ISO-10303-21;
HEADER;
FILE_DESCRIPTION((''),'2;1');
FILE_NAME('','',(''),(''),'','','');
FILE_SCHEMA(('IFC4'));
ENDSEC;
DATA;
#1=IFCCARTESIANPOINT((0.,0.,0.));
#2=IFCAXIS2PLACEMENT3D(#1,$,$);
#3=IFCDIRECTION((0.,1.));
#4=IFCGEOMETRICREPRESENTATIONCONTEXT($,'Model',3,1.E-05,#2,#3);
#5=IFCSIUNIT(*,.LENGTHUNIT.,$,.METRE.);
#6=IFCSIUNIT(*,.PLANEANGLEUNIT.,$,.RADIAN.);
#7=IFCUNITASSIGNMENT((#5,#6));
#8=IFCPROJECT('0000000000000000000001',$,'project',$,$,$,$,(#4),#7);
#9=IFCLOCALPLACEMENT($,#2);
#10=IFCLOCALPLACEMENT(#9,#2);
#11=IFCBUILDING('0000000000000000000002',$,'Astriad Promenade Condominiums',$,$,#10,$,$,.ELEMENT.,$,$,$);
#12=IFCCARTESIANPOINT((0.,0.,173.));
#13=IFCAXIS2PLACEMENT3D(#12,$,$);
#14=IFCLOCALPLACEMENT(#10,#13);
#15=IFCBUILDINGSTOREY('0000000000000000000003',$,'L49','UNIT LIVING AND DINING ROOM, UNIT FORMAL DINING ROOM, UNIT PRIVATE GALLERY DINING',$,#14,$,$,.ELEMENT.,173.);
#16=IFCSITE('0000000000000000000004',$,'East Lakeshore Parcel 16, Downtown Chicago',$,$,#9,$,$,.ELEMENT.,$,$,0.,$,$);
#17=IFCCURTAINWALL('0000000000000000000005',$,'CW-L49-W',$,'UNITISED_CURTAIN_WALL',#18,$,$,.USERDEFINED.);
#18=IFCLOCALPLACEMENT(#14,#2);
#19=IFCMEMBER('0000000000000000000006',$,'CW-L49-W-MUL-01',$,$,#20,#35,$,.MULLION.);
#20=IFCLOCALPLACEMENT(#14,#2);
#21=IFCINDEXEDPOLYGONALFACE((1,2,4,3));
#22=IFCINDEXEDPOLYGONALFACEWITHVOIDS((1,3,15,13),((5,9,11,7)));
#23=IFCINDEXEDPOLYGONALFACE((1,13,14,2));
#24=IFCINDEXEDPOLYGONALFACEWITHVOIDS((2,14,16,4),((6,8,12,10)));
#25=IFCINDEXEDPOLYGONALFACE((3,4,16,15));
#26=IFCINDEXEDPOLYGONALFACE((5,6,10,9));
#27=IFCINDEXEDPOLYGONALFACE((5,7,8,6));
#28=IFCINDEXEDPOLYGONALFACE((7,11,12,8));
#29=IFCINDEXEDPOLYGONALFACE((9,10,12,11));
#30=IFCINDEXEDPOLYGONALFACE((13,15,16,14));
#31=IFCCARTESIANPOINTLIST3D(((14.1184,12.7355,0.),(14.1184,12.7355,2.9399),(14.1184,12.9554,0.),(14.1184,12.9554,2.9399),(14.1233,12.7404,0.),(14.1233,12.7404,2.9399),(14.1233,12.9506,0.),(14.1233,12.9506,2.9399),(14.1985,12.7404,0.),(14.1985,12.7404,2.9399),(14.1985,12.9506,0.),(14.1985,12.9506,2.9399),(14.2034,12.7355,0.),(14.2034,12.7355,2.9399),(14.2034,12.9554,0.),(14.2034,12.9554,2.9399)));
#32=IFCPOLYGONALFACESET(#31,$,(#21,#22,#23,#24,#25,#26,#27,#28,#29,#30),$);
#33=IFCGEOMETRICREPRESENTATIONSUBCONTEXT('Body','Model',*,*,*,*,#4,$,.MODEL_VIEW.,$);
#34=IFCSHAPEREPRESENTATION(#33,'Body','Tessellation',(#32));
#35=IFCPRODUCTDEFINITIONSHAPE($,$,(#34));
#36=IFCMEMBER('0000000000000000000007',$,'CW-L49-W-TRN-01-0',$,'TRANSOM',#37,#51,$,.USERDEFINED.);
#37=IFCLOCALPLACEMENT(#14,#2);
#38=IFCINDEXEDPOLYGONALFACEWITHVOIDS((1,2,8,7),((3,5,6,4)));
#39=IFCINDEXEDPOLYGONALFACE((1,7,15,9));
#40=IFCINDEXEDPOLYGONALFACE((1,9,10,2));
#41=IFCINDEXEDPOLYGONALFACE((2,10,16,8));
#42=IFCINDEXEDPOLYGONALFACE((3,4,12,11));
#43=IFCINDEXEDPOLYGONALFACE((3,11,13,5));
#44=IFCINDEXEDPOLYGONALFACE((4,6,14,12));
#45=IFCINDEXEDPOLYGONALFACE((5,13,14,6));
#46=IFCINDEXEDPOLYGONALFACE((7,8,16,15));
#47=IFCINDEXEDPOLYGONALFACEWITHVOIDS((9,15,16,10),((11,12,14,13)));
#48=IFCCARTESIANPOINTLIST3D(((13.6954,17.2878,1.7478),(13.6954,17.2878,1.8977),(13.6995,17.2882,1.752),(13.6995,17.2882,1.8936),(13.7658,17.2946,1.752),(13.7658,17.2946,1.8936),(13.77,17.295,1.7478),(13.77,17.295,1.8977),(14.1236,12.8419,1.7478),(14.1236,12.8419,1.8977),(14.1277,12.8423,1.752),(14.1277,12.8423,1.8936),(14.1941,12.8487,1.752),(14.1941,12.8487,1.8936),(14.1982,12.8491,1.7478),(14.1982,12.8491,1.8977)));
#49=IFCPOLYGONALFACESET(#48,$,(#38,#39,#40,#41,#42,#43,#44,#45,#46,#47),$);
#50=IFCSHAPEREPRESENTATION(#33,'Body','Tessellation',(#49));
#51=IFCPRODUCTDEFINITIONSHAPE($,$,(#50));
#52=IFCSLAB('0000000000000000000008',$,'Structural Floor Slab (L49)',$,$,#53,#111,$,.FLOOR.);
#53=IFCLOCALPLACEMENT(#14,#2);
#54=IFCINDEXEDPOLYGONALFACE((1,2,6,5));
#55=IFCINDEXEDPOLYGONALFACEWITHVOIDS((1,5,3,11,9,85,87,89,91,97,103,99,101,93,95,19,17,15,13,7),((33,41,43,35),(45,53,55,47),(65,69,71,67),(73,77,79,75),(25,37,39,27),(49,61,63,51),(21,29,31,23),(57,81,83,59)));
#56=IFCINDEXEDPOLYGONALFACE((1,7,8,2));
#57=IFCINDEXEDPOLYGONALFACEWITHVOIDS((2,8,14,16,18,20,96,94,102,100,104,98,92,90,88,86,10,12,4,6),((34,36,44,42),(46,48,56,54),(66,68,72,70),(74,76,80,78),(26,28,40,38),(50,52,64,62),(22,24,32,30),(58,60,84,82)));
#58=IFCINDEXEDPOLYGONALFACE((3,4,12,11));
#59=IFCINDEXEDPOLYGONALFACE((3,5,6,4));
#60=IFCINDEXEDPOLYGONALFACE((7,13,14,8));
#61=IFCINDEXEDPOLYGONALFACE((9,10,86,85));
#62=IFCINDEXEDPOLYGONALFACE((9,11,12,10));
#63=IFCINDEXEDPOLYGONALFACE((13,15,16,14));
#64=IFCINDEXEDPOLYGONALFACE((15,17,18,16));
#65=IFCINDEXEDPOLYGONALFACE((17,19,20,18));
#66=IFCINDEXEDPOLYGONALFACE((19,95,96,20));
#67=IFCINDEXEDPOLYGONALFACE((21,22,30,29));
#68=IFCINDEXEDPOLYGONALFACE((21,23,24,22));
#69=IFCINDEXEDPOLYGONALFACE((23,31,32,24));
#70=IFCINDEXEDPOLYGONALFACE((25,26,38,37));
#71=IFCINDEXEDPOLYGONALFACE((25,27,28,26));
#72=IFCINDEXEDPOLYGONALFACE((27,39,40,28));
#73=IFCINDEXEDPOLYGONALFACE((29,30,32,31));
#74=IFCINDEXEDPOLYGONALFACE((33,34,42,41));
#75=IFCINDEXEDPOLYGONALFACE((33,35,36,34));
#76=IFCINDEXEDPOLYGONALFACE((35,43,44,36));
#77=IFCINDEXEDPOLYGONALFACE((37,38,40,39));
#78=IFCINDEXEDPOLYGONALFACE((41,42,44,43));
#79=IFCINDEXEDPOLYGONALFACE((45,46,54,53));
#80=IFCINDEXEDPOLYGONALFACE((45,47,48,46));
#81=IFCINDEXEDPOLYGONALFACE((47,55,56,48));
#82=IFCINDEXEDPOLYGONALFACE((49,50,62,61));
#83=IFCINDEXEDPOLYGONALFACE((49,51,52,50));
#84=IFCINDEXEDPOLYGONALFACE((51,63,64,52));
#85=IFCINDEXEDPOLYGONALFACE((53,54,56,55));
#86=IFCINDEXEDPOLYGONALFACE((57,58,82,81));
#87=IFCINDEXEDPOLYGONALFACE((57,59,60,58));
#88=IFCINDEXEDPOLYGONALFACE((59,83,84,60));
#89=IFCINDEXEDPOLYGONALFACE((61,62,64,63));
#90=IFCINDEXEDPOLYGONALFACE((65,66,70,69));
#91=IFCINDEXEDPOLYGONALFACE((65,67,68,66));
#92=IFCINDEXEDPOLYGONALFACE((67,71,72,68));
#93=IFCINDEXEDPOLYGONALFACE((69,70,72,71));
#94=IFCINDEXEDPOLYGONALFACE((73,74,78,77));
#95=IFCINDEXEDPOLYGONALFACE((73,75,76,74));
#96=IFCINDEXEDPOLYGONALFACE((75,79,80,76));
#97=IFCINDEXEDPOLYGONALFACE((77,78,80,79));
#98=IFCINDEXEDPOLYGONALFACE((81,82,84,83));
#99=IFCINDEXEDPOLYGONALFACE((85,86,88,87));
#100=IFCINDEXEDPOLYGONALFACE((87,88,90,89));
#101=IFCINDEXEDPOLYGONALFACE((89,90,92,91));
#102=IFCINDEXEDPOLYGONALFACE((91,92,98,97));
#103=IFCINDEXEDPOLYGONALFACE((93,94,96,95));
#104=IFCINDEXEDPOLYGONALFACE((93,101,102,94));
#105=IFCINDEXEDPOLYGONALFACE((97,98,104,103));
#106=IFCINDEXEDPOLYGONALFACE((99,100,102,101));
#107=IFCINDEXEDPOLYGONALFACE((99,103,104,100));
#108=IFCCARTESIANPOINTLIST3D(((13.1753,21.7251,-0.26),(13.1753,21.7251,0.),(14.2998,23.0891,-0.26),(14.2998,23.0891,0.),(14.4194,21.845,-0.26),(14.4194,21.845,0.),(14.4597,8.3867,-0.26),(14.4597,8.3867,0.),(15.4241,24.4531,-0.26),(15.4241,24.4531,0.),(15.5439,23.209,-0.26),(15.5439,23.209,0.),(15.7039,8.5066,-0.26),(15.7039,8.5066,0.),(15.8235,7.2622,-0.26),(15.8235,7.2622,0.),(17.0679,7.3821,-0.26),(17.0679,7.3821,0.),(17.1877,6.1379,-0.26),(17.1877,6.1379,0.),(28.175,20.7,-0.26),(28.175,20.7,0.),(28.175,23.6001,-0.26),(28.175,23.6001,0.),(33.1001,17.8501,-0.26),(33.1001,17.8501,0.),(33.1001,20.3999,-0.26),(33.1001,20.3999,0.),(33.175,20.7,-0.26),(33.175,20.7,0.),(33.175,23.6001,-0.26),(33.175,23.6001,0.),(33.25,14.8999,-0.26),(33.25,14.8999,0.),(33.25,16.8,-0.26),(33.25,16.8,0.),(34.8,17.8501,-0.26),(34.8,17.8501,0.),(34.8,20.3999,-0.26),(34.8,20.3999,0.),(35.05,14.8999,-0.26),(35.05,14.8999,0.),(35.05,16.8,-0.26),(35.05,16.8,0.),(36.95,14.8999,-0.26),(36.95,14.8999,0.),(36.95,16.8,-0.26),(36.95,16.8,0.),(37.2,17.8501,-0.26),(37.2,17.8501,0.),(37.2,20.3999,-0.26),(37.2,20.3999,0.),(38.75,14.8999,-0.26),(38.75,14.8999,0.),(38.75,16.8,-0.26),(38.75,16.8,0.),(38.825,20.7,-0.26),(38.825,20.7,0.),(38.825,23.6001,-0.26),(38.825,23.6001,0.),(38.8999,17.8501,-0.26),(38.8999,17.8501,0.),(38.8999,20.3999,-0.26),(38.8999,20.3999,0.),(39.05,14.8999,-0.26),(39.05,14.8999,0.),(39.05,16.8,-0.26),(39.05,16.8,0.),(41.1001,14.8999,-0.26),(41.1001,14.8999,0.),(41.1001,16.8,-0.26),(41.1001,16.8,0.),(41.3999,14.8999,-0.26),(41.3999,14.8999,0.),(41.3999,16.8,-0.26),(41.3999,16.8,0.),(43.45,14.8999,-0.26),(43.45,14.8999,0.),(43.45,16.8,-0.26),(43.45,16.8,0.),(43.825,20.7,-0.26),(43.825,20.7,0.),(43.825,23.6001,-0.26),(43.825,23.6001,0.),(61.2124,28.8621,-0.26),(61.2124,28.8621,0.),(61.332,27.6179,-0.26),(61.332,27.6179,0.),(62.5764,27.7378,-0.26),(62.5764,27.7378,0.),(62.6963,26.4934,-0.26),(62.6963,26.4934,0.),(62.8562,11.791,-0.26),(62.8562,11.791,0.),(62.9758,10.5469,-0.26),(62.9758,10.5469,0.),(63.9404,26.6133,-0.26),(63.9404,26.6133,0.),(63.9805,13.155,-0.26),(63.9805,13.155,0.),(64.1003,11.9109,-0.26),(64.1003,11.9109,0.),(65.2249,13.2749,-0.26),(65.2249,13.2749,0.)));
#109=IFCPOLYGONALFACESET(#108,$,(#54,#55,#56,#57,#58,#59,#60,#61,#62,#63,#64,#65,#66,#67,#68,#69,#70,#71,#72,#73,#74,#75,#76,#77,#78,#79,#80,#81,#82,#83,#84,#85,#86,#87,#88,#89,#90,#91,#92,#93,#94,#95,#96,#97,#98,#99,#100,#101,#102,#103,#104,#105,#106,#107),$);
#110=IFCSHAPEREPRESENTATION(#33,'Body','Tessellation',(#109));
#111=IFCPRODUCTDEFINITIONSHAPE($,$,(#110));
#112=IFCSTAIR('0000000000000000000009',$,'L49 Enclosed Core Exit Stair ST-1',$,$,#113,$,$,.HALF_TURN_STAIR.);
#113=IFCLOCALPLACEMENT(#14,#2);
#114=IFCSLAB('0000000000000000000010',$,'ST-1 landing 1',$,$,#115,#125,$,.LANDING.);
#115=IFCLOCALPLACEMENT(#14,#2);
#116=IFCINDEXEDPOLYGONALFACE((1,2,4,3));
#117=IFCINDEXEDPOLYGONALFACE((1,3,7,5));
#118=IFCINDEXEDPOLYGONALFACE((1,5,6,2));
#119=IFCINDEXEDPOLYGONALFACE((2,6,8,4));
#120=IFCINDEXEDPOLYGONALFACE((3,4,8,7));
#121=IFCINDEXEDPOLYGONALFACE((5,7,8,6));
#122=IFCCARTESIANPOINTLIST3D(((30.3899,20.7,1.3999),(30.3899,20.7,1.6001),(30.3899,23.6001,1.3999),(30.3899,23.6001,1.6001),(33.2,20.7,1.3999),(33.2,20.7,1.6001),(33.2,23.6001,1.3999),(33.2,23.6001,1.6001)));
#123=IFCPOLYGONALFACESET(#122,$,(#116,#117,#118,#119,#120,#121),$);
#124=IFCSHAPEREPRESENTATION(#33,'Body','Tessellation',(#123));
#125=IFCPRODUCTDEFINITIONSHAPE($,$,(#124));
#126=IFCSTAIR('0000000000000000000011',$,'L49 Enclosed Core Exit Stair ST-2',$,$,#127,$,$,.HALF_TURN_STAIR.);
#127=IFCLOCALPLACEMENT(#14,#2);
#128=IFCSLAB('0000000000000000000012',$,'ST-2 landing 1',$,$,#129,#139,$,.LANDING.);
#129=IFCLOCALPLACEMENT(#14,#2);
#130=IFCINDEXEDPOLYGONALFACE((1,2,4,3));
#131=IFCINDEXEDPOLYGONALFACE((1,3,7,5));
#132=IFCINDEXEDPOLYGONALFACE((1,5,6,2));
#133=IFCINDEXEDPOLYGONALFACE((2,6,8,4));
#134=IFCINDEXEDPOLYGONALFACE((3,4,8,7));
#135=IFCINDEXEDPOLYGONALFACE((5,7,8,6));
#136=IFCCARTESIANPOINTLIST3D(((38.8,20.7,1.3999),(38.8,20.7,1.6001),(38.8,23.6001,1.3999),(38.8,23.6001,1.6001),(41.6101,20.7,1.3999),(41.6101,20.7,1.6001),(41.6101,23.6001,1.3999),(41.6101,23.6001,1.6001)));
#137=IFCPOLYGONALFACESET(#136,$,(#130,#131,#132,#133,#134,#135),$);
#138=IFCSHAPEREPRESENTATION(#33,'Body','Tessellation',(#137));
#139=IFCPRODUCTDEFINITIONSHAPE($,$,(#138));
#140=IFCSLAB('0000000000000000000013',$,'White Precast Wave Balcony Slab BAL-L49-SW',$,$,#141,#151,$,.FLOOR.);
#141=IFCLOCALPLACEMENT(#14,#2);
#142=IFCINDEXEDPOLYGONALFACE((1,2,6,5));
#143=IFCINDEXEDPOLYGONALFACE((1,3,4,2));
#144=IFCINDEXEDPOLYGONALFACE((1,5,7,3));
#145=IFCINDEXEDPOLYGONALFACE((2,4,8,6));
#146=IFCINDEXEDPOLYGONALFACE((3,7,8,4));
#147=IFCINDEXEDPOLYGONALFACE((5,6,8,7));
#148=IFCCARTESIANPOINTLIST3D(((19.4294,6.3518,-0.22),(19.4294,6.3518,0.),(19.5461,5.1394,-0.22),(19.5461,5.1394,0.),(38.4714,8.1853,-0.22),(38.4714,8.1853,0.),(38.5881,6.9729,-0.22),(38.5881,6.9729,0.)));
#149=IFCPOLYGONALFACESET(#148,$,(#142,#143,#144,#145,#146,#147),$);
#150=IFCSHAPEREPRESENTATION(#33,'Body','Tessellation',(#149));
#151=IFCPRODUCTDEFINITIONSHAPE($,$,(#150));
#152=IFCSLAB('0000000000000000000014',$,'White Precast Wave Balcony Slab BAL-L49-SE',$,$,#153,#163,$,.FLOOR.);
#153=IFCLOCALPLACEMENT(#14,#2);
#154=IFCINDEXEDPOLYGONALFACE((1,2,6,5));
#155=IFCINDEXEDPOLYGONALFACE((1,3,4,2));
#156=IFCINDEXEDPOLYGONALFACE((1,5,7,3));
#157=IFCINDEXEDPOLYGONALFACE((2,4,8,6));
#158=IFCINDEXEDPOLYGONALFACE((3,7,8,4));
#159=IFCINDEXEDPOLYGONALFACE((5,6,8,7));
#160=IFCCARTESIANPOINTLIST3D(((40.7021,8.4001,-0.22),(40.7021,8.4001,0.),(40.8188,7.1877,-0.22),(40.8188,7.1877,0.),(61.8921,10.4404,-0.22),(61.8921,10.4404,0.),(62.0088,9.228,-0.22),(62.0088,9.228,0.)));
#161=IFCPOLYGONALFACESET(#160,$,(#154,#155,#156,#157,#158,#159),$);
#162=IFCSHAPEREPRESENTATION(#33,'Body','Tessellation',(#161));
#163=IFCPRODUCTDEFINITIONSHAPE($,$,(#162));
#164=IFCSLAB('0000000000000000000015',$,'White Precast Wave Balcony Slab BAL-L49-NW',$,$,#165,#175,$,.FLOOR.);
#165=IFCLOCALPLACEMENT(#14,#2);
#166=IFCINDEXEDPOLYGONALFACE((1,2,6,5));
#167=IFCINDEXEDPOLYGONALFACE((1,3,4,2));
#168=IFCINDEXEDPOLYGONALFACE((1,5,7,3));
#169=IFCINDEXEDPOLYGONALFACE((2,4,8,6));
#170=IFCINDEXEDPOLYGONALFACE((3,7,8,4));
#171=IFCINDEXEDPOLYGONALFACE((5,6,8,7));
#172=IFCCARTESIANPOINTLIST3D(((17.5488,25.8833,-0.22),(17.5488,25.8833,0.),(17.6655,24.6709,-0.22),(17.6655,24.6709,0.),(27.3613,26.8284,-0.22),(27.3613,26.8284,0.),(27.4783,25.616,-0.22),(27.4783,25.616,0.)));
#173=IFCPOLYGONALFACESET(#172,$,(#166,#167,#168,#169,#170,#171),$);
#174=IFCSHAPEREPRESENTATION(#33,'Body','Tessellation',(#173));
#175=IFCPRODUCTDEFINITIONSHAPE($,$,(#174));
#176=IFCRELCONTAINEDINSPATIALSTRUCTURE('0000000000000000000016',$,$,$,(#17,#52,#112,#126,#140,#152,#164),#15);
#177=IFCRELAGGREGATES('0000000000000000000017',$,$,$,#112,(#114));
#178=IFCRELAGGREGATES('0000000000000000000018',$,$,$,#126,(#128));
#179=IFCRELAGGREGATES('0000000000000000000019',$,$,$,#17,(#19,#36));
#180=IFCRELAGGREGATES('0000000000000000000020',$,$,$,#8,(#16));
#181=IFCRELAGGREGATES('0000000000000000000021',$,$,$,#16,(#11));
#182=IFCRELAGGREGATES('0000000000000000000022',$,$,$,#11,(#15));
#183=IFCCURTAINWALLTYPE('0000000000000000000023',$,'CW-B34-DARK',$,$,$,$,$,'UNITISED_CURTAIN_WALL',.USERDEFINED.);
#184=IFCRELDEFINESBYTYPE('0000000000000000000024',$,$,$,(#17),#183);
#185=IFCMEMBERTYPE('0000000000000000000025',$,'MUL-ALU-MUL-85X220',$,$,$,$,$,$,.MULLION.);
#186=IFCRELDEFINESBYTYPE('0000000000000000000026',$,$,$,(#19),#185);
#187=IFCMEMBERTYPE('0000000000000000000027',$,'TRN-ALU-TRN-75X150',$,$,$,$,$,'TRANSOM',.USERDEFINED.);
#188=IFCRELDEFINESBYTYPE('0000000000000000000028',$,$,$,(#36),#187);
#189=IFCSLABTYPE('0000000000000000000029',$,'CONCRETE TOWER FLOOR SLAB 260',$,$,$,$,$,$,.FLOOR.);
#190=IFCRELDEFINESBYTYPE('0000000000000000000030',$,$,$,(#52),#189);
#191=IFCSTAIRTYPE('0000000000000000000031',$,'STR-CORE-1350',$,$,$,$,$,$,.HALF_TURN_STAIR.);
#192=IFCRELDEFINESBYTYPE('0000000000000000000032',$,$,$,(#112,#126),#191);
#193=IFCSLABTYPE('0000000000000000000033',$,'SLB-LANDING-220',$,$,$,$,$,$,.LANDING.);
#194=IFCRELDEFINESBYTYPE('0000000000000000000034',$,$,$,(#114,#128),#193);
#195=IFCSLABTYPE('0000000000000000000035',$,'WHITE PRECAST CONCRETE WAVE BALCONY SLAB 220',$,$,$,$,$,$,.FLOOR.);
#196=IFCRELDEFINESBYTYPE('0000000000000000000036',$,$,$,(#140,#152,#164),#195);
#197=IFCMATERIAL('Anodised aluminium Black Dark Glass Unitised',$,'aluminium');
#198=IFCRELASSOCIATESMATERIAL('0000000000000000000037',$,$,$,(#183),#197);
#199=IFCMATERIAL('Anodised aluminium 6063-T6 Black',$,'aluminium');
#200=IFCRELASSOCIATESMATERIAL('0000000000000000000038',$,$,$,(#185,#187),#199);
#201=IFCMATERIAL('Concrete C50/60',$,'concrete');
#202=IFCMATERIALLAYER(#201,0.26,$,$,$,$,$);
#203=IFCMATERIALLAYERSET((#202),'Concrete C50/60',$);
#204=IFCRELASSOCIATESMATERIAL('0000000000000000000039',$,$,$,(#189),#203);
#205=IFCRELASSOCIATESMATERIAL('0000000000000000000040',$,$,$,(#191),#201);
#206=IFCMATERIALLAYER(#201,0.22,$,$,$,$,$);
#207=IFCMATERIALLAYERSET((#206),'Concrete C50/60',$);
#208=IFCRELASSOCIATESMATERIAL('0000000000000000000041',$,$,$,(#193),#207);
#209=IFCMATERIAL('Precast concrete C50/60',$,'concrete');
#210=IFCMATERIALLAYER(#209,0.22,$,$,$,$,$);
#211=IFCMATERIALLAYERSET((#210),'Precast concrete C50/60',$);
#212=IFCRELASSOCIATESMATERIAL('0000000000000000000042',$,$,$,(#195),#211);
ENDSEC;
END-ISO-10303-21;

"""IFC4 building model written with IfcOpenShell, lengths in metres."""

from ifc_helpers import new_model, si_unit, direction, frame, origin, origin_2d, place, context, subcontext, project, spatial, polyline, hollow_rectangle, outline, extrude, source, transform, mapped, material, layer, layer_set, material_profile, profile_set, type_object, type_shapes, element, aggregate, save


model = new_model("IFC4")

# Units and contexts
model_context = context("Model", 3, precision=1e-05, world=origin(), true_north=direction((0.0, 1.0)))
body_context = subcontext(model_context, "Body", "Model", "MODEL_VIEW")
ifc_project = project(units=[si_unit("LENGTHUNIT", "METRE"), si_unit("PLANEANGLEUNIT", "RADIAN")], contexts=[model_context])

# Site, building, storey
site_placement = place(None, origin())
site = spatial("IfcSite", under=ifc_project, at=site_placement, Name="East Lakeshore Parcel 16, Downtown Chicago", CompositionType="ELEMENT", RefElevation=0.0)
building_placement = place(site_placement, origin())
building = spatial("IfcBuilding", under=site, at=building_placement, Name="Astriad Promenade Condominiums", CompositionType="ELEMENT")
storey_placement = place(building_placement, frame((0.0, 0.0, 173.0)))
storey = spatial("IfcBuildingStorey", under=building, at=storey_placement, Name="L49", Description="UNIT LIVING AND DINING ROOM, UNIT FORMAL DINING ROOM, UNIT PRIVATE GALLERY DINING", CompositionType="ELEMENT", Elevation=173.0)

# Curtain wall, members
ifc_material_1 = material(Name="Anodised aluminium Black Dark Glass Unitised", Category="aluminium")
curtain_wall_type = type_object("IfcCurtainWallType", Name="CW-B34-DARK", ElementType="UNITISED_CURTAIN_WALL", PredefinedType="USERDEFINED", material=ifc_material_1)
curtain_wall_placement = place(storey_placement, origin())
curtain_wall = element("IfcCurtainWall", 1, at=curtain_wall_placement, inside=storey, type_object=curtain_wall_type, Name="CW-L49-W", ObjectType="UNITISED_CURTAIN_WALL", PredefinedType="USERDEFINED")
ifc_material_2 = material(Name="Anodised aluminium 6063-T6 Black", Category="aluminium")
ifc_material_profile_1 = material_profile(ifc_material_2, hollow_rectangle(XDim=0.085, YDim=0.22, WallThickness=0.0049, at=origin_2d()), Name="ALU-MUL-85X220")
ifc_profile_set_1 = profile_set([ifc_material_profile_1], Name="Anodised aluminium 6063-T6 Black")
member_type_1 = type_object("IfcMemberType", Name="MUL-ALU-MUL-85X220", PredefinedType="MULLION", material=ifc_profile_set_1)
shared_shape_1 = source(origin(), body_context, "Body", "SweptSolid", [
    extrude(hollow_rectangle(XDim=0.085, YDim=0.22, WallThickness=0.0049, at=origin_2d()), origin(), (0.0, 0.0, 1.0), 2.9399),
])
type_shapes(member_type_1, [shared_shape_1])
member_1_placement = place(storey_placement, frame((14.1609, 12.8455, 0.0), z_axis=(0.0, 0.0, 1.0), x_axis=(1.0, 0.0, 0.0)))
member_1 = element("IfcMember", 2, at=member_1_placement, type_object=member_type_1, Name="CW-L49-W-MUL-01", PredefinedType="MULLION", context=body_context, shape_type="MappedRepresentation", body=[
    mapped(shared_shape_1, transform((0.0, 0.0, 0.0), scale=1.0)),
])
ifc_material_profile_2 = material_profile(ifc_material_2, hollow_rectangle(XDim=0.075, YDim=0.1499, WallThickness=0.0042, at=origin_2d()), Name="ALU-TRN-75X150")
ifc_profile_set_2 = profile_set([ifc_material_profile_2], Name="Anodised aluminium 6063-T6 Black")
member_type_2 = type_object("IfcMemberType", Name="TRN-ALU-TRN-75X150", ElementType="TRANSOM", PredefinedType="USERDEFINED", material=ifc_profile_set_2)
shared_shape_2 = source(origin(), body_context, "Body", "SweptSolid", [
    extrude(hollow_rectangle(XDim=0.075, YDim=0.1499, WallThickness=0.0042, at=origin_2d()), origin(), (0.0, 0.0, 1.0), 4.4666),
])
type_shapes(member_type_2, [shared_shape_2])
member_2_placement = place(storey_placement, frame((14.1609, 12.8455, 1.8228), z_axis=(-0.095872, 0.995394, 0.0), x_axis=(-0.995394, -0.095872, 0.0)))
member_2 = element("IfcMember", 3, at=member_2_placement, type_object=member_type_2, Name="CW-L49-W-TRN-01-0", ObjectType="TRANSOM", PredefinedType="USERDEFINED", context=body_context, shape_type="MappedRepresentation", body=[
    mapped(shared_shape_2, transform((0.0, 0.0, 0.0), scale=1.0)),
])

# Slab
ifc_material_3 = material(Name="Concrete C50/60", Category="concrete")
ifc_layer_1 = layer(ifc_material_3, 0.26)
ifc_layer_set_1 = layer_set([ifc_layer_1], Name="Concrete C50/60")
slab_type_1 = type_object("IfcSlabType", Name="CONCRETE TOWER FLOOR SLAB 260", PredefinedType="FLOOR", material=ifc_layer_set_1)
slab_1_placement = place(storey_placement, frame((0.0, 0.0, -0.26)))
element("IfcSlab", 4, at=slab_1_placement, inside=storey, type_object=slab_type_1, Name="Structural Floor Slab (L49)", PredefinedType="FLOOR", context=body_context, shape_type="SweptSolid", body=[
    extrude(outline(polyline([(17.1877, 6.1379), (62.9758, 10.5469), (62.8562, 11.791), (64.1003, 11.9109), (63.9805, 13.155), (65.2249, 13.2749), (63.9404, 26.6133), (62.6963, 26.4934), (62.5764, 27.7378), (61.332, 27.6179), (61.2124, 28.8621), (15.4241, 24.4531), (15.5439, 23.209), (14.2998, 23.0891), (14.4194, 21.845), (13.1753, 21.7251), (14.4597, 8.3867), (15.7039, 8.5066), (15.8235, 7.2622), (17.0679, 7.3821), (17.1877, 6.1379)]), holes=[polyline([(28.175, 20.7), (33.175, 20.7), (33.175, 23.6001), (28.175, 23.6001), (28.175, 20.7)]), polyline([(38.825, 20.7), (43.825, 20.7), (43.825, 23.6001), (38.825, 23.6001), (38.825, 20.7)]), polyline([(33.1001, 17.8501), (34.8, 17.8501), (34.8, 20.3999), (33.1001, 20.3999), (33.1001, 17.8501)]), polyline([(37.2, 17.8501), (38.8999, 17.8501), (38.8999, 20.3999), (37.2, 20.3999), (37.2, 17.8501)]), polyline([(33.25, 14.8999), (35.05, 14.8999), (35.05, 16.8), (33.25, 16.8), (33.25, 14.8999)]), polyline([(36.95, 14.8999), (38.75, 14.8999), (38.75, 16.8), (36.95, 16.8), (36.95, 14.8999)]), polyline([(39.05, 14.8999), (41.1001, 14.8999), (41.1001, 16.8), (39.05, 16.8), (39.05, 14.8999)]), polyline([(41.3999, 14.8999), (43.45, 14.8999), (43.45, 16.8), (41.3999, 16.8), (41.3999, 14.8999)])]), origin(), (0.0, 0.0, 1.0), 0.26),
])

# Stairs, slabs
stair_type = type_object("IfcStairType", Name="STR-CORE-1350", PredefinedType="HALF_TURN_STAIR", material=ifc_material_3)
stair_1_placement = place(storey_placement, origin())
stair_1 = element("IfcStair", 5, at=stair_1_placement, inside=storey, type_object=stair_type, Name="L49 Enclosed Core Exit Stair ST-1", PredefinedType="HALF_TURN_STAIR")
ifc_layer_2 = layer(ifc_material_3, 0.22)
ifc_layer_set_2 = layer_set([ifc_layer_2], Name="Concrete C50/60")
slab_type_2 = type_object("IfcSlabType", Name="SLB-LANDING-220", PredefinedType="LANDING", material=ifc_layer_set_2)
slab_2_placement = place(storey_placement, frame((0.0, 0.0, 1.3999)))
slab_2 = element("IfcSlab", 6, at=slab_2_placement, type_object=slab_type_2, Name="ST-1 landing 1", PredefinedType="LANDING", context=body_context, shape_type="SweptSolid", body=[
    extrude(outline(polyline([(30.3899, 20.7), (33.2, 20.7), (33.2, 23.6001), (30.3899, 23.6001), (30.3899, 20.7)])), origin(), (0.0, 0.0, 1.0), 0.2002),
])
aggregate(stair_1, [slab_2])
stair_2_placement = place(storey_placement, origin())
stair_2 = element("IfcStair", 7, at=stair_2_placement, inside=storey, type_object=stair_type, Name="L49 Enclosed Core Exit Stair ST-2", PredefinedType="HALF_TURN_STAIR")
slab_3_placement = place(storey_placement, frame((0.0, 0.0, 1.3999)))
slab_3 = element("IfcSlab", 8, at=slab_3_placement, type_object=slab_type_2, Name="ST-2 landing 1", PredefinedType="LANDING", context=body_context, shape_type="SweptSolid", body=[
    extrude(outline(polyline([(41.6101, 23.6001), (38.8, 23.6001), (38.8, 20.7), (41.6101, 20.7), (41.6101, 23.6001)])), origin(), (0.0, 0.0, 1.0), 0.2002),
])
aggregate(stair_2, [slab_3])

# Slabs
ifc_material_4 = material(Name="Precast concrete C50/60", Category="concrete")
ifc_layer_3 = layer(ifc_material_4, 0.22)
ifc_layer_set_3 = layer_set([ifc_layer_3], Name="Precast concrete C50/60")
slab_type_3 = type_object("IfcSlabType", Name="WHITE PRECAST CONCRETE WAVE BALCONY SLAB 220", PredefinedType="FLOOR", material=ifc_layer_set_3)
slab_4_placement = place(storey_placement, frame((0.0, 0.0, -0.22)))
element("IfcSlab", 9, at=slab_4_placement, inside=storey, type_object=slab_type_3, Name="White Precast Wave Balcony Slab BAL-L49-SW", PredefinedType="FLOOR", context=body_context, shape_type="SweptSolid", body=[
    extrude(outline(polyline([(38.5881, 6.9729), (19.5461, 5.1394), (19.4294, 6.3518), (38.4714, 8.1853), (38.5881, 6.9729)])), origin(), (0.0, 0.0, 1.0), 0.22),
])
slab_5_placement = place(storey_placement, frame((0.0, 0.0, -0.22)))
element("IfcSlab", 10, at=slab_5_placement, inside=storey, type_object=slab_type_3, Name="White Precast Wave Balcony Slab BAL-L49-SE", PredefinedType="FLOOR", context=body_context, shape_type="SweptSolid", body=[
    extrude(outline(polyline([(62.0088, 9.228), (40.8188, 7.1877), (40.7021, 8.4001), (61.8921, 10.4404), (62.0088, 9.228)])), origin(), (0.0, 0.0, 1.0), 0.22),
])
slab_6_placement = place(storey_placement, frame((0.0, 0.0, -0.22)))
element("IfcSlab", 11, at=slab_6_placement, inside=storey, type_object=slab_type_3, Name="White Precast Wave Balcony Slab BAL-L49-NW", PredefinedType="FLOOR", context=body_context, shape_type="SweptSolid", body=[
    extrude(outline(polyline([(17.5488, 25.8833), (27.3613, 26.8284), (27.4783, 25.616), (17.6655, 24.6709), (17.5488, 25.8833)])), origin(), (0.0, 0.0, 1.0), 0.22),
])

aggregate(curtain_wall, [member_1, member_2])

save(model, "model.ifc")
